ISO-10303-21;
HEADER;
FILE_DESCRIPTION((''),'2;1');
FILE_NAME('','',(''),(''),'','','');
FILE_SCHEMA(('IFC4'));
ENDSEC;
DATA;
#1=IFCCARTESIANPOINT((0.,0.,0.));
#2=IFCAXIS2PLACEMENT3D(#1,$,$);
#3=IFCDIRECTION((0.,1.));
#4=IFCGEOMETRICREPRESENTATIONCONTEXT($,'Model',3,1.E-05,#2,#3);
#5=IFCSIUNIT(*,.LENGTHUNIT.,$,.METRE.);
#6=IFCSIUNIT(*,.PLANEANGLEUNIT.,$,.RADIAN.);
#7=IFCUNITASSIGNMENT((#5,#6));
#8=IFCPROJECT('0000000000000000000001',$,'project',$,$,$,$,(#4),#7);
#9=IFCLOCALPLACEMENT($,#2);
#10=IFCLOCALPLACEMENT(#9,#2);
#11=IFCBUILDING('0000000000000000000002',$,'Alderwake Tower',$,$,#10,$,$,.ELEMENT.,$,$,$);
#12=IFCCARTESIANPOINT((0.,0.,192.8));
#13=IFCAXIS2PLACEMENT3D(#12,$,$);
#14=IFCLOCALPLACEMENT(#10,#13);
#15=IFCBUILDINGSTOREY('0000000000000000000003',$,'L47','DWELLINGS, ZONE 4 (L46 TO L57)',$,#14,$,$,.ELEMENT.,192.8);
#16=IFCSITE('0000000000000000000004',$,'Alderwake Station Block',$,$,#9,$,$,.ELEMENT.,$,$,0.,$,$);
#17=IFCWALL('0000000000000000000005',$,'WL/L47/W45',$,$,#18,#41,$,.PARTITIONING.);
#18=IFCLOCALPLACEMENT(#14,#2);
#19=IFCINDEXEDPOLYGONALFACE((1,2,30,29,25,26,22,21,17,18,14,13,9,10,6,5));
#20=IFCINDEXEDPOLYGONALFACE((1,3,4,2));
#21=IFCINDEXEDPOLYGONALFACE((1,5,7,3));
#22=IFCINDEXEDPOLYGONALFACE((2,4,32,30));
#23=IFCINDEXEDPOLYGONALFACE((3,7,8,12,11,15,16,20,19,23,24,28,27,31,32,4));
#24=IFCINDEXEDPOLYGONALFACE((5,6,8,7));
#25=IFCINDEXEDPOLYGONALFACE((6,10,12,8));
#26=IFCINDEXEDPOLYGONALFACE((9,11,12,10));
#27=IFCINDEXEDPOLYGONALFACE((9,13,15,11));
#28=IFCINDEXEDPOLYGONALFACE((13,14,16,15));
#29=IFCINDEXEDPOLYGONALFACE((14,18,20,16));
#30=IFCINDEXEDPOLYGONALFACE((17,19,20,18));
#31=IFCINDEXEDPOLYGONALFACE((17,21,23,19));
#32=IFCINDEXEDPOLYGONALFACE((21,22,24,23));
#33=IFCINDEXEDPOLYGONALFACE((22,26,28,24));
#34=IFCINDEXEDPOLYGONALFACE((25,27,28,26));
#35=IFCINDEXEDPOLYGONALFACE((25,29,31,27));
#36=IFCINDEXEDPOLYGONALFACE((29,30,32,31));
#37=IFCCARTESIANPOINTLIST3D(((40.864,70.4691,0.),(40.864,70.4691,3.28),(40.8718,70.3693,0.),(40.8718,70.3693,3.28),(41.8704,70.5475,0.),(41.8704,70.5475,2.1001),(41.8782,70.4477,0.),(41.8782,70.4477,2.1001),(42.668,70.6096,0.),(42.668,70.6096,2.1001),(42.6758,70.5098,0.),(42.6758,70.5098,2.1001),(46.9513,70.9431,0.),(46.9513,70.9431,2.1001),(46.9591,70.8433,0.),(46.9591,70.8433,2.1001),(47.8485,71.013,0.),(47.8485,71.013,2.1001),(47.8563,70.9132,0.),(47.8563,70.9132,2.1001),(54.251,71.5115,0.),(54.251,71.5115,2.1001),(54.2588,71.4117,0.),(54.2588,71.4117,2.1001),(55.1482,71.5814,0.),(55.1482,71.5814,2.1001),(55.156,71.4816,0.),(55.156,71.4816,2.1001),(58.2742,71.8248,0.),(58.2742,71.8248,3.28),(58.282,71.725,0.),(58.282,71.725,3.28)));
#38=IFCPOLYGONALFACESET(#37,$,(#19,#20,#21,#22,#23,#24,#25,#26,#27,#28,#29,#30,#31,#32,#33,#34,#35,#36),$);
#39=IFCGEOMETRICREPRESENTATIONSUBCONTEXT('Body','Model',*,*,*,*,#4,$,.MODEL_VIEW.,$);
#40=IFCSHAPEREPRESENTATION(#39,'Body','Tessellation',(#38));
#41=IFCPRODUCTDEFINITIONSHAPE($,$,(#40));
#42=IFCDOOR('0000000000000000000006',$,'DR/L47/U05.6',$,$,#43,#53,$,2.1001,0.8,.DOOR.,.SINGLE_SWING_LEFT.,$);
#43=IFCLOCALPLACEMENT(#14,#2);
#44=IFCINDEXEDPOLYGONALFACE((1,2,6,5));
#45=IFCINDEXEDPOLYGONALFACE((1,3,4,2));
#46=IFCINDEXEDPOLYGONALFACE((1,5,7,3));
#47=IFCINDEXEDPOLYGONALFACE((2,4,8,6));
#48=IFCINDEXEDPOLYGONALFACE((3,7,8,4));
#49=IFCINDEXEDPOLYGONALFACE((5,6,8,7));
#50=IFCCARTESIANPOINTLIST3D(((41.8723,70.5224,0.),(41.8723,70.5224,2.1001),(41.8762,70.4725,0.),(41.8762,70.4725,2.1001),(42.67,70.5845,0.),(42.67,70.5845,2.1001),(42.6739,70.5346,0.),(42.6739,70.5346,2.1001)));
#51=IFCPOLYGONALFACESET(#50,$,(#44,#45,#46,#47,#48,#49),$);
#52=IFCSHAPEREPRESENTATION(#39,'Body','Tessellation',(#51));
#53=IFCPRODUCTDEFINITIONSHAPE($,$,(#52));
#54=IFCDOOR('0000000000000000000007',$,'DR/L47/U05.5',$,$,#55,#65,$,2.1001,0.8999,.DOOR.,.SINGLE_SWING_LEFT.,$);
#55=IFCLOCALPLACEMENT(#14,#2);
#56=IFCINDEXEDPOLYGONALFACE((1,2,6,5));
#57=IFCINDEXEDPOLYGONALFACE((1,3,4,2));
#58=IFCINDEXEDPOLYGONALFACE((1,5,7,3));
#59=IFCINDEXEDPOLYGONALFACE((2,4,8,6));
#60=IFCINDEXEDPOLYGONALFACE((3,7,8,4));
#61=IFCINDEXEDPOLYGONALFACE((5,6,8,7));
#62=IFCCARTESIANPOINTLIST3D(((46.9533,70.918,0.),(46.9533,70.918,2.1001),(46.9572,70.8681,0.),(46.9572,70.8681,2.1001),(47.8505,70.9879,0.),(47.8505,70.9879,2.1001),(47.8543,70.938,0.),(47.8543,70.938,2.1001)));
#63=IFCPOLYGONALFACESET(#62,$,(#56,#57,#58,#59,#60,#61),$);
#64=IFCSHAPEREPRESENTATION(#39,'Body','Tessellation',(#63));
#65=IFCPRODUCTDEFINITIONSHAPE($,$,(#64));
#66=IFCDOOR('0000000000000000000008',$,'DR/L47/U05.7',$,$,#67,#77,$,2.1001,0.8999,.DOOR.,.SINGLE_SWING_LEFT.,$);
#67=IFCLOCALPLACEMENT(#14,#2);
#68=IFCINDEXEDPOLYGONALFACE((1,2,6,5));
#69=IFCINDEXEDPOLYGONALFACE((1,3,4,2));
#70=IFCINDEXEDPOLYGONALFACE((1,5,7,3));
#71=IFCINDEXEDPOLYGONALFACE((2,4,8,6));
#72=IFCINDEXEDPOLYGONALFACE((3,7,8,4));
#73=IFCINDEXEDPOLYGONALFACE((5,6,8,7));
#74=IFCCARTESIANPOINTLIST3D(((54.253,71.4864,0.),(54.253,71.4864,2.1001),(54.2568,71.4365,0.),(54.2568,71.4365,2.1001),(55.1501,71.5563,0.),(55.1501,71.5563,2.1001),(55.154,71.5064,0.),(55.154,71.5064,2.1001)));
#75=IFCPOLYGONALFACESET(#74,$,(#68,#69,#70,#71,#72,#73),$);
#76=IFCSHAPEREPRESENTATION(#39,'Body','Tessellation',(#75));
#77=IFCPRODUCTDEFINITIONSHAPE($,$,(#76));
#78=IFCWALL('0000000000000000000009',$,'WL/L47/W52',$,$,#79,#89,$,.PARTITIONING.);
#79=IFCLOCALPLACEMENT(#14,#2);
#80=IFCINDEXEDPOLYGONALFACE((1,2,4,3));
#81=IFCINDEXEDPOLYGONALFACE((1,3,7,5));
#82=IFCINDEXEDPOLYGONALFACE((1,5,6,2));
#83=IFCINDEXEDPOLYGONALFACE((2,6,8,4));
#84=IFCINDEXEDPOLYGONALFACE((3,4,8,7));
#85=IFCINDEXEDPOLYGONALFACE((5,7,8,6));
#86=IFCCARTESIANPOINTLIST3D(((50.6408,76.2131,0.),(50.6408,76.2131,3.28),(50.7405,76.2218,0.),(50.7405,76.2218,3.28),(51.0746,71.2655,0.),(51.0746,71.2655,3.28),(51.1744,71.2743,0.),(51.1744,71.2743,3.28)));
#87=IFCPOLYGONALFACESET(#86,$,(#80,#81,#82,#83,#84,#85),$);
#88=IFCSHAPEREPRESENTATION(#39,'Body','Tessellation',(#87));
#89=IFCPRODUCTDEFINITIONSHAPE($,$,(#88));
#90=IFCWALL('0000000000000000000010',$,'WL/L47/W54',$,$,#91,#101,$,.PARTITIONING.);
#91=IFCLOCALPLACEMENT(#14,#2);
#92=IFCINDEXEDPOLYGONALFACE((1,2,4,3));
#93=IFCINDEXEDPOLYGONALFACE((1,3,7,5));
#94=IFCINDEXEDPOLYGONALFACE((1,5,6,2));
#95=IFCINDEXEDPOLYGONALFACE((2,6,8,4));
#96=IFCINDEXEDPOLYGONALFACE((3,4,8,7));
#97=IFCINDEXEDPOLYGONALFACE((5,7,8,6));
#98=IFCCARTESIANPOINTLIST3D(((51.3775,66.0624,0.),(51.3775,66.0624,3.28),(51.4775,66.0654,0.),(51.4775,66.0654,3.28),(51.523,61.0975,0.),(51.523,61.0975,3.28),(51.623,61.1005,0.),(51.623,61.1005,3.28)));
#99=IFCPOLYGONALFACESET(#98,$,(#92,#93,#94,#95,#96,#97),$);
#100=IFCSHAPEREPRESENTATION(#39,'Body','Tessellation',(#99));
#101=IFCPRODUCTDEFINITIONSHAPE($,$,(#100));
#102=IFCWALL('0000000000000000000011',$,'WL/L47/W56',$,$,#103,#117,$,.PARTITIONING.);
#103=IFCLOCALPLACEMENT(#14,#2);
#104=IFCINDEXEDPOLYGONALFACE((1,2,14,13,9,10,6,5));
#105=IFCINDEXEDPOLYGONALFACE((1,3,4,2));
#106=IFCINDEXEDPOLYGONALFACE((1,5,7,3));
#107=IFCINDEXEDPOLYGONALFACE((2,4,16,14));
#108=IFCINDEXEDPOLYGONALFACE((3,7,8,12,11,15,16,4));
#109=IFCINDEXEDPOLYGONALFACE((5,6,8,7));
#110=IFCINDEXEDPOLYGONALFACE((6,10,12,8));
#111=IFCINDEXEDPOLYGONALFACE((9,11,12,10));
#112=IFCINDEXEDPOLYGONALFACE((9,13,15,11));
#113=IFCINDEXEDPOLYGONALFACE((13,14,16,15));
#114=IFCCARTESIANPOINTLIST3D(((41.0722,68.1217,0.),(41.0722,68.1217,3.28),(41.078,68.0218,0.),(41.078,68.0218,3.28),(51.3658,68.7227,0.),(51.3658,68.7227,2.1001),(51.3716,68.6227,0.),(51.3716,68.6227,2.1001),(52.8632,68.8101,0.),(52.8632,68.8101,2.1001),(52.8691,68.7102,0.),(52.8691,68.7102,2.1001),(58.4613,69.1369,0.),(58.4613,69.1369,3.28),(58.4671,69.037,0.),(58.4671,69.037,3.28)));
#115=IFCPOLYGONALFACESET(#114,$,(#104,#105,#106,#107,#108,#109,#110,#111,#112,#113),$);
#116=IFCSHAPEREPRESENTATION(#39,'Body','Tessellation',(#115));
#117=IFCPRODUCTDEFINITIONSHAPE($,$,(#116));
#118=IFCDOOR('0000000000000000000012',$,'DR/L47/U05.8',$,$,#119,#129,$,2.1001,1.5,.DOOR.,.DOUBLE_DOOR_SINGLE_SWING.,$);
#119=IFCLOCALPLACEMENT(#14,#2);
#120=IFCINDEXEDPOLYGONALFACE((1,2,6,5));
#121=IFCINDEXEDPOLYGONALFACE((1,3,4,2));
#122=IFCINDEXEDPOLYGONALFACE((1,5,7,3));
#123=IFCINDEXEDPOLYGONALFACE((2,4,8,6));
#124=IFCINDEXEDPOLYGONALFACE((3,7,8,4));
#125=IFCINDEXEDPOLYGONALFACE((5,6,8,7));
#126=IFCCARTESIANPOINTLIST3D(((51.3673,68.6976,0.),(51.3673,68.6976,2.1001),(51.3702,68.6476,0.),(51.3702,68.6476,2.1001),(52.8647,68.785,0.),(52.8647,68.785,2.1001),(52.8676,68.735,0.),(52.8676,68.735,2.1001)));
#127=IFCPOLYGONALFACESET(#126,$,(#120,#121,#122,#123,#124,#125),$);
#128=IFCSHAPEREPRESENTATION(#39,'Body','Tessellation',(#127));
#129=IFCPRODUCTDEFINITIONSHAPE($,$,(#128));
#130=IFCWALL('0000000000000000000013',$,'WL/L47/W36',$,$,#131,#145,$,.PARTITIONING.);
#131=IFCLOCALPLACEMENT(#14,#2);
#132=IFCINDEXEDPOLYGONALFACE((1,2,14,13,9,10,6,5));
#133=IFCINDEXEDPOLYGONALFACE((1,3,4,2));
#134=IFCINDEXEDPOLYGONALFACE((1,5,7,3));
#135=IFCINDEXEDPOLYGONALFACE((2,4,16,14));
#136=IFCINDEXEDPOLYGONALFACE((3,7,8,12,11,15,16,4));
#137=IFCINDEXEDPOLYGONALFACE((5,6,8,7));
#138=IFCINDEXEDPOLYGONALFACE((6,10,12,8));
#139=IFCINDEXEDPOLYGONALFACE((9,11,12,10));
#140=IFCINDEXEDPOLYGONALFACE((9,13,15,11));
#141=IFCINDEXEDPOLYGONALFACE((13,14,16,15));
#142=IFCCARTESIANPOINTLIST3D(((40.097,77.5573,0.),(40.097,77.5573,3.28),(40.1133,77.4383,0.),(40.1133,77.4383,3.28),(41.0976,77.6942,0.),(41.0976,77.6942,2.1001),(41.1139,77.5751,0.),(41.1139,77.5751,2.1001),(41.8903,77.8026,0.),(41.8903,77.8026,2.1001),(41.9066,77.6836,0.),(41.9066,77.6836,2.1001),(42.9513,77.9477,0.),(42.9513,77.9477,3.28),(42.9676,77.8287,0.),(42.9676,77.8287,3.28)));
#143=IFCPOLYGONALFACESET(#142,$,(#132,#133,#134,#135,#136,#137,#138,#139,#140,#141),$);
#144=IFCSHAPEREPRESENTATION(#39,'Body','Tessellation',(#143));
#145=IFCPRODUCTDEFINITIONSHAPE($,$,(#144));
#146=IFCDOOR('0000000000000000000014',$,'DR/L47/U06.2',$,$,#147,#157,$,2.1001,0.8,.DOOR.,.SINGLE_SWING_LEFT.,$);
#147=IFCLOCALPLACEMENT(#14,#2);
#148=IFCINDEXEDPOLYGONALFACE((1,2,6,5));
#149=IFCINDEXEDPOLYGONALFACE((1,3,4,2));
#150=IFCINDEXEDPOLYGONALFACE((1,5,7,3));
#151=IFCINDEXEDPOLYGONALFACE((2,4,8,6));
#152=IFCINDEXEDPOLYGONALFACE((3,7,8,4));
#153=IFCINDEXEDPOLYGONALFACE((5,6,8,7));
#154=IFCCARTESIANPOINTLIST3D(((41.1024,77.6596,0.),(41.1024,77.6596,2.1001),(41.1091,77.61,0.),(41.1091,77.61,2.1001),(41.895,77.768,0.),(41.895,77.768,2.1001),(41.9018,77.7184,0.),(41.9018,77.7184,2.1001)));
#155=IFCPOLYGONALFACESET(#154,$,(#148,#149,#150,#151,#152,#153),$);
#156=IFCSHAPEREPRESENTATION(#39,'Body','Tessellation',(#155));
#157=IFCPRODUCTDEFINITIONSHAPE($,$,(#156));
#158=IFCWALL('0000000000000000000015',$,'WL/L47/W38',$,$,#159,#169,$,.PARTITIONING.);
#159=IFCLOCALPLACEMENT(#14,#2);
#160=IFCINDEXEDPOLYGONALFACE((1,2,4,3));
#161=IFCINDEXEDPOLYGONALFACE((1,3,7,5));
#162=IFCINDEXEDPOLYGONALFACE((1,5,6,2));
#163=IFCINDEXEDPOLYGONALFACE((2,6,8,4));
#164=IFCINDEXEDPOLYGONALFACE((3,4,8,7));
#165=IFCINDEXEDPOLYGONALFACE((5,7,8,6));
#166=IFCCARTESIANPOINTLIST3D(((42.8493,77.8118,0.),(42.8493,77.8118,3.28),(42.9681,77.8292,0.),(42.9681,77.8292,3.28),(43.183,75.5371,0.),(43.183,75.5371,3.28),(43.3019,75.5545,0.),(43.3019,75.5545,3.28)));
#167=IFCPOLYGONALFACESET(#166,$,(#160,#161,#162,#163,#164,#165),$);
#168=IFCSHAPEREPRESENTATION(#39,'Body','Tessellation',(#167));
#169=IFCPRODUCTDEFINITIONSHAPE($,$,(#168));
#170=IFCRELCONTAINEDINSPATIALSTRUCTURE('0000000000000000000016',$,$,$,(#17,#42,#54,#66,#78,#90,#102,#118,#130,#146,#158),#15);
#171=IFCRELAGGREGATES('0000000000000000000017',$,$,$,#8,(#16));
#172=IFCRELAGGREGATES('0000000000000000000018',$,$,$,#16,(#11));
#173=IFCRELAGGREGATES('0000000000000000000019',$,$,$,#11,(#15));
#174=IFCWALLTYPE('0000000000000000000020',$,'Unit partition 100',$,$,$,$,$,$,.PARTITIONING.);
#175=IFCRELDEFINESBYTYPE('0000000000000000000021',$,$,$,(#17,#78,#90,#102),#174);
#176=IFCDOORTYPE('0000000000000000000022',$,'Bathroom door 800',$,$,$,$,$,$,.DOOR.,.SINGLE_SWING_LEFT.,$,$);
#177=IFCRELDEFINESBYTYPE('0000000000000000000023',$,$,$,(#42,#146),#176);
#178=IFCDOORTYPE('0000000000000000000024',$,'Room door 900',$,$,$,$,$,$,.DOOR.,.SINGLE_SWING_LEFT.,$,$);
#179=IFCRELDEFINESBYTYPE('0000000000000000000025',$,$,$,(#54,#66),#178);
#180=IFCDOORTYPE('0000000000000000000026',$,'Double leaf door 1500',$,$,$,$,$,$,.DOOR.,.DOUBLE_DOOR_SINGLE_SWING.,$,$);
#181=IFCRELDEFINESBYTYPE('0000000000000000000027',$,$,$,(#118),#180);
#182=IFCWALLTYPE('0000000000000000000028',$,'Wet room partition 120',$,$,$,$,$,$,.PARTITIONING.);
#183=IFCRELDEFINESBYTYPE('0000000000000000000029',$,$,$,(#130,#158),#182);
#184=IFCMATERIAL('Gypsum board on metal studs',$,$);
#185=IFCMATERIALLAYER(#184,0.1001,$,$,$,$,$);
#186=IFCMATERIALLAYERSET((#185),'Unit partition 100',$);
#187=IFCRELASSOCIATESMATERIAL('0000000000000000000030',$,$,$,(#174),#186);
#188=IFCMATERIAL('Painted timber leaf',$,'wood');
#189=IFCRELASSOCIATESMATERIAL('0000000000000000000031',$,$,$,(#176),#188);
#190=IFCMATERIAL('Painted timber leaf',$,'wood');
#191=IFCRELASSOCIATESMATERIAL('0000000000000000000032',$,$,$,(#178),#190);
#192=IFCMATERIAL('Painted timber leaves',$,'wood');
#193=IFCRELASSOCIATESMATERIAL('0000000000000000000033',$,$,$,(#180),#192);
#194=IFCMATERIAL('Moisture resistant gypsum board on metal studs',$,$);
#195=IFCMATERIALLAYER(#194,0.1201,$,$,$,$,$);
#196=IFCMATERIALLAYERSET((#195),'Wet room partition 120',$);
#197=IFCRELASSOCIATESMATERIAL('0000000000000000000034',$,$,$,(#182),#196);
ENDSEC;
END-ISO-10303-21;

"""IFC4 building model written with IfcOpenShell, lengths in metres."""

from ifc_helpers import new_model, si_unit, direction, frame, frame_2d, origin, place, context, subcontext, project, spatial, rectangle, extrude, material, layer, layer_set, type_object, element, fill, save


model = new_model("IFC4")

# Units and contexts
model_context = context("Model", 3, precision=1e-05, world=origin(), true_north=direction((0.0, 1.0)))
body_context = subcontext(model_context, "Body", "Model", "MODEL_VIEW")
ifc_project = project(units=[si_unit("LENGTHUNIT", "METRE"), si_unit("PLANEANGLEUNIT", "RADIAN")], contexts=[model_context])

# Site, building, storey
site_placement = place(None, origin())
site = spatial("IfcSite", under=ifc_project, at=site_placement, Name="Alderwake Station Block", CompositionType="ELEMENT", RefElevation=0.0)
building_placement = place(site_placement, origin())
building = spatial("IfcBuilding", under=site, at=building_placement, Name="Alderwake Tower", CompositionType="ELEMENT")
storey_placement = place(building_placement, frame((0.0, 0.0, 192.8)))
storey = spatial("IfcBuildingStorey", under=building, at=storey_placement, Name="L47", Description="DWELLINGS, ZONE 4 (L46 TO L57)", CompositionType="ELEMENT", Elevation=192.8)

# Wall, openings, doors
ifc_material_1 = material(Name="Gypsum board on metal studs")
ifc_layer_1 = layer(ifc_material_1, 0.1001)
ifc_layer_set_1 = layer_set([ifc_layer_1], Name="Unit partition 100")
wall_type_1 = type_object("IfcWallType", Name="Unit partition 100", PredefinedType="PARTITIONING", material=ifc_layer_set_1)
wall_1_placement = place(storey_placement, frame((40.8679, 70.4192, 0.0), z_axis=(0.0, 0.0, 1.0), x_axis=(0.996982, 0.077634, 0.0)))
wall_1 = element("IfcWall", 1, at=wall_1_placement, inside=storey, type_object=wall_type_1, Name="WL/L47/W45", PredefinedType="PARTITIONING", context=body_context, shape_type="SweptSolid", body=[
    extrude(rectangle(XDim=17.4629, YDim=0.1001, at=frame_2d((8.7314, 0.0))), origin(), (0.0, 0.0, 1.0), 3.28),
])
opening_1_placement = place(wall_1_placement, frame((6.1057, 0.0, 0.0)))
opening_1 = element("IfcOpeningElement", 2, at=opening_1_placement, cuts=wall_1, PredefinedType="OPENING", context=body_context, shape_type="SweptSolid", body=[
    extrude(rectangle(XDim=0.8999, YDim=2.1001, at=frame_2d((0.45, 1.05))), frame((0.0, 0.0601, 0.0), z_axis=(0.0, -1.0, 0.0), x_axis=(1.0, 0.0, 0.0)), (0.0, 0.0, 1.0), 0.1201),
])
opening_2_placement = place(wall_1_placement, frame((1.0095, 0.0, 0.0)))
opening_2 = element("IfcOpeningElement", 3, at=opening_2_placement, cuts=wall_1, PredefinedType="OPENING", context=body_context, shape_type="SweptSolid", body=[
    extrude(rectangle(XDim=0.8, YDim=2.1001, at=frame_2d((0.3999, 1.05))), frame((0.0, 0.0601, 0.0), z_axis=(0.0, -1.0, 0.0), x_axis=(1.0, 0.0, 0.0)), (0.0, 0.0, 1.0), 0.1201),
])
opening_3_placement = place(wall_1_placement, frame((13.4275, 0.0, 0.0)))
opening_3 = element("IfcOpeningElement", 4, at=opening_3_placement, cuts=wall_1, PredefinedType="OPENING", context=body_context, shape_type="SweptSolid", body=[
    extrude(rectangle(XDim=0.8999, YDim=2.1001, at=frame_2d((0.45, 1.05))), frame((0.0, 0.0601, 0.0), z_axis=(0.0, -1.0, 0.0), x_axis=(1.0, 0.0, 0.0)), (0.0, 0.0, 1.0), 0.1201),
])
ifc_material_2 = material(Name="Painted timber leaf", Category="wood")
door_type_1 = type_object("IfcDoorType", Name="Bathroom door 800", OperationType="SINGLE_SWING_LEFT", PredefinedType="DOOR", material=ifc_material_2)
door_1_placement = place(opening_2_placement, origin())
door_1 = element("IfcDoor", 5, at=door_1_placement, inside=storey, type_object=door_type_1, Name="DR/L47/U05.6", OperationType="SINGLE_SWING_LEFT", OverallHeight=2.1001, OverallWidth=0.8, PredefinedType="DOOR", context=body_context, shape_type="SweptSolid", body=[
    extrude(rectangle(XDim=0.8, YDim=2.1001, at=frame_2d((0.3999, 1.05))), frame((0.0, 0.0249, 0.0), z_axis=(0.0, -1.0, 0.0), x_axis=(1.0, 0.0, 0.0)), (0.0, 0.0, 1.0), 0.05),
])
fill(opening_2, door_1)
ifc_material_3 = material(Name="Painted timber leaf", Category="wood")
door_type_2 = type_object("IfcDoorType", Name="Room door 900", OperationType="SINGLE_SWING_LEFT", PredefinedType="DOOR", material=ifc_material_3)
door_2_placement = place(opening_1_placement, origin())
door_2 = element("IfcDoor", 6, at=door_2_placement, inside=storey, type_object=door_type_2, Name="DR/L47/U05.5", OperationType="SINGLE_SWING_LEFT", OverallHeight=2.1001, OverallWidth=0.8999, PredefinedType="DOOR", context=body_context, shape_type="SweptSolid", body=[
    extrude(rectangle(XDim=0.8999, YDim=2.1001, at=frame_2d((0.45, 1.05))), frame((0.0, 0.0249, 0.0), z_axis=(0.0, -1.0, 0.0), x_axis=(1.0, 0.0, 0.0)), (0.0, 0.0, 1.0), 0.05),
])
fill(opening_1, door_2)
door_3_placement = place(opening_3_placement, origin())
door_3 = element("IfcDoor", 7, at=door_3_placement, inside=storey, type_object=door_type_2, Name="DR/L47/U05.7", OperationType="SINGLE_SWING_LEFT", OverallHeight=2.1001, OverallWidth=0.8999, PredefinedType="DOOR", context=body_context, shape_type="SweptSolid", body=[
    extrude(rectangle(XDim=0.8999, YDim=2.1001, at=frame_2d((0.45, 1.05))), frame((0.0, 0.0249, 0.0), z_axis=(0.0, -1.0, 0.0), x_axis=(1.0, 0.0, 0.0)), (0.0, 0.0, 1.0), 0.05),
])
fill(opening_3, door_3)

# Walls
wall_2_placement = place(storey_placement, frame((51.1245, 71.2698, 0.0), z_axis=(0.0, 0.0, 1.0), x_axis=(-0.087353, 0.996177, 0.0)))
element("IfcWall", 8, at=wall_2_placement, inside=storey, type_object=wall_type_1, Name="WL/L47/W52", PredefinedType="PARTITIONING", context=body_context, shape_type="SweptSolid", body=[
    extrude(rectangle(XDim=4.9666, YDim=0.1001, at=frame_2d((2.4834, 0.0))), origin(), (0.0, 0.0, 1.0), 3.28),
])
wall_3_placement = place(storey_placement, frame((51.573, 61.0991, 0.0), z_axis=(0.0, 0.0, 1.0), x_axis=(-0.029295, 0.999571, 0.0)))
element("IfcWall", 9, at=wall_3_placement, inside=storey, type_object=wall_type_1, Name="WL/L47/W54", PredefinedType="PARTITIONING", context=body_context, shape_type="SweptSolid", body=[
    extrude(rectangle(XDim=4.967, YDim=0.1001, at=frame_2d((2.4834, 0.0))), origin(), (0.0, 0.0, 1.0), 3.28),
])

# Walls, openings, doors
wall_4_placement = place(storey_placement, frame((41.075, 68.0718, 0.0), z_axis=(0.0, 0.0, 1.0), x_axis=(0.9983, 0.058278, 0.0)))
wall_4 = element("IfcWall", 10, at=wall_4_placement, inside=storey, type_object=wall_type_1, Name="WL/L47/W56", PredefinedType="PARTITIONING", context=body_context, shape_type="SweptSolid", body=[
    extrude(rectangle(XDim=17.4187, YDim=0.1001, at=frame_2d((8.7095, 0.0))), origin(), (0.0, 0.0, 1.0), 3.28),
])
opening_4_placement = place(wall_4_placement, frame((10.3113, 0.0, 0.0)))
opening_4 = element("IfcOpeningElement", 11, at=opening_4_placement, cuts=wall_4, PredefinedType="OPENING", context=body_context, shape_type="SweptSolid", body=[
    extrude(rectangle(XDim=1.5, YDim=2.1001, at=frame_2d((0.75, 1.05))), frame((0.0, 0.0601, 0.0), z_axis=(0.0, -1.0, 0.0), x_axis=(1.0, 0.0, 0.0)), (0.0, 0.0, 1.0), 0.1201),
])
ifc_material_4 = material(Name="Painted timber leaves", Category="wood")
door_type_3 = type_object("IfcDoorType", Name="Double leaf door 1500", OperationType="DOUBLE_DOOR_SINGLE_SWING", PredefinedType="DOOR", material=ifc_material_4)
door_4_placement = place(opening_4_placement, origin())
door_4 = element("IfcDoor", 12, at=door_4_placement, inside=storey, type_object=door_type_3, Name="DR/L47/U05.8", OperationType="DOUBLE_DOOR_SINGLE_SWING", OverallHeight=2.1001, OverallWidth=1.5, PredefinedType="DOOR", context=body_context, shape_type="SweptSolid", body=[
    extrude(rectangle(XDim=1.5, YDim=2.1001, at=frame_2d((0.75, 1.05))), frame((0.0, 0.0249, 0.0), z_axis=(0.0, -1.0, 0.0), x_axis=(1.0, 0.0, 0.0)), (0.0, 0.0, 1.0), 0.05),
])
fill(opening_4, door_4)
ifc_material_5 = material(Name="Moisture resistant gypsum board on metal studs")
ifc_layer_2 = layer(ifc_material_5, 0.1201)
ifc_layer_set_2 = layer_set([ifc_layer_2], Name="Wet room partition 120")
wall_type_2 = type_object("IfcWallType", Name="Wet room partition 120", PredefinedType="PARTITIONING", material=ifc_layer_set_2)
wall_5_placement = place(storey_placement, frame((42.9595, 77.8882, 0.0), z_axis=(0.0, 0.0, 1.0), x_axis=(-0.990776, -0.13551, 0.0)))
wall_5 = element("IfcWall", 13, at=wall_5_placement, inside=storey, type_object=wall_type_2, Name="WL/L47/W36", PredefinedType="PARTITIONING", context=body_context, shape_type="SweptSolid", body=[
    extrude(rectangle(XDim=2.8809, YDim=0.1201, at=frame_2d((1.4404, 0.0))), origin(), (0.0, 0.0, 1.0), 3.28),
])
opening_5_placement = place(wall_5_placement, frame((1.071, 0.0, 0.0)))
opening_5 = element("IfcOpeningElement", 14, at=opening_5_placement, cuts=wall_5, PredefinedType="OPENING", context=body_context, shape_type="SweptSolid", body=[
    extrude(rectangle(XDim=0.8, YDim=2.1001, at=frame_2d((0.3999, 1.05))), frame((0.0, 0.0701, 0.0), z_axis=(0.0, -1.0, 0.0), x_axis=(1.0, 0.0, 0.0)), (0.0, 0.0, 1.0), 0.1401),
])
door_5_placement = place(opening_5_placement, origin())
door_5 = element("IfcDoor", 15, at=door_5_placement, inside=storey, type_object=door_type_1, Name="DR/L47/U06.2", OperationType="SINGLE_SWING_LEFT", OverallHeight=2.1001, OverallWidth=0.8, PredefinedType="DOOR", context=body_context, shape_type="SweptSolid", body=[
    extrude(rectangle(XDim=0.8, YDim=2.1001, at=frame_2d((0.3999, 1.05))), frame((0.0, 0.0249, 0.0), z_axis=(0.0, -1.0, 0.0), x_axis=(1.0, 0.0, 0.0)), (0.0, 0.0, 1.0), 0.05),
])
fill(opening_5, door_5)

# Wall
wall_6_placement = place(storey_placement, frame((43.2424, 75.5459, 0.0), z_axis=(0.0, 0.0, 1.0), x_axis=(-0.145167, 0.989407, 0.0)))
element("IfcWall", 16, at=wall_6_placement, inside=storey, type_object=wall_type_2, Name="WL/L47/W38", PredefinedType="PARTITIONING", context=body_context, shape_type="SweptSolid", body=[
    extrude(rectangle(XDim=2.2991, YDim=0.1201, at=frame_2d((1.1494, 0.0))), origin(), (0.0, 0.0, 1.0), 3.28),
])

save(model, "model.ifc")
